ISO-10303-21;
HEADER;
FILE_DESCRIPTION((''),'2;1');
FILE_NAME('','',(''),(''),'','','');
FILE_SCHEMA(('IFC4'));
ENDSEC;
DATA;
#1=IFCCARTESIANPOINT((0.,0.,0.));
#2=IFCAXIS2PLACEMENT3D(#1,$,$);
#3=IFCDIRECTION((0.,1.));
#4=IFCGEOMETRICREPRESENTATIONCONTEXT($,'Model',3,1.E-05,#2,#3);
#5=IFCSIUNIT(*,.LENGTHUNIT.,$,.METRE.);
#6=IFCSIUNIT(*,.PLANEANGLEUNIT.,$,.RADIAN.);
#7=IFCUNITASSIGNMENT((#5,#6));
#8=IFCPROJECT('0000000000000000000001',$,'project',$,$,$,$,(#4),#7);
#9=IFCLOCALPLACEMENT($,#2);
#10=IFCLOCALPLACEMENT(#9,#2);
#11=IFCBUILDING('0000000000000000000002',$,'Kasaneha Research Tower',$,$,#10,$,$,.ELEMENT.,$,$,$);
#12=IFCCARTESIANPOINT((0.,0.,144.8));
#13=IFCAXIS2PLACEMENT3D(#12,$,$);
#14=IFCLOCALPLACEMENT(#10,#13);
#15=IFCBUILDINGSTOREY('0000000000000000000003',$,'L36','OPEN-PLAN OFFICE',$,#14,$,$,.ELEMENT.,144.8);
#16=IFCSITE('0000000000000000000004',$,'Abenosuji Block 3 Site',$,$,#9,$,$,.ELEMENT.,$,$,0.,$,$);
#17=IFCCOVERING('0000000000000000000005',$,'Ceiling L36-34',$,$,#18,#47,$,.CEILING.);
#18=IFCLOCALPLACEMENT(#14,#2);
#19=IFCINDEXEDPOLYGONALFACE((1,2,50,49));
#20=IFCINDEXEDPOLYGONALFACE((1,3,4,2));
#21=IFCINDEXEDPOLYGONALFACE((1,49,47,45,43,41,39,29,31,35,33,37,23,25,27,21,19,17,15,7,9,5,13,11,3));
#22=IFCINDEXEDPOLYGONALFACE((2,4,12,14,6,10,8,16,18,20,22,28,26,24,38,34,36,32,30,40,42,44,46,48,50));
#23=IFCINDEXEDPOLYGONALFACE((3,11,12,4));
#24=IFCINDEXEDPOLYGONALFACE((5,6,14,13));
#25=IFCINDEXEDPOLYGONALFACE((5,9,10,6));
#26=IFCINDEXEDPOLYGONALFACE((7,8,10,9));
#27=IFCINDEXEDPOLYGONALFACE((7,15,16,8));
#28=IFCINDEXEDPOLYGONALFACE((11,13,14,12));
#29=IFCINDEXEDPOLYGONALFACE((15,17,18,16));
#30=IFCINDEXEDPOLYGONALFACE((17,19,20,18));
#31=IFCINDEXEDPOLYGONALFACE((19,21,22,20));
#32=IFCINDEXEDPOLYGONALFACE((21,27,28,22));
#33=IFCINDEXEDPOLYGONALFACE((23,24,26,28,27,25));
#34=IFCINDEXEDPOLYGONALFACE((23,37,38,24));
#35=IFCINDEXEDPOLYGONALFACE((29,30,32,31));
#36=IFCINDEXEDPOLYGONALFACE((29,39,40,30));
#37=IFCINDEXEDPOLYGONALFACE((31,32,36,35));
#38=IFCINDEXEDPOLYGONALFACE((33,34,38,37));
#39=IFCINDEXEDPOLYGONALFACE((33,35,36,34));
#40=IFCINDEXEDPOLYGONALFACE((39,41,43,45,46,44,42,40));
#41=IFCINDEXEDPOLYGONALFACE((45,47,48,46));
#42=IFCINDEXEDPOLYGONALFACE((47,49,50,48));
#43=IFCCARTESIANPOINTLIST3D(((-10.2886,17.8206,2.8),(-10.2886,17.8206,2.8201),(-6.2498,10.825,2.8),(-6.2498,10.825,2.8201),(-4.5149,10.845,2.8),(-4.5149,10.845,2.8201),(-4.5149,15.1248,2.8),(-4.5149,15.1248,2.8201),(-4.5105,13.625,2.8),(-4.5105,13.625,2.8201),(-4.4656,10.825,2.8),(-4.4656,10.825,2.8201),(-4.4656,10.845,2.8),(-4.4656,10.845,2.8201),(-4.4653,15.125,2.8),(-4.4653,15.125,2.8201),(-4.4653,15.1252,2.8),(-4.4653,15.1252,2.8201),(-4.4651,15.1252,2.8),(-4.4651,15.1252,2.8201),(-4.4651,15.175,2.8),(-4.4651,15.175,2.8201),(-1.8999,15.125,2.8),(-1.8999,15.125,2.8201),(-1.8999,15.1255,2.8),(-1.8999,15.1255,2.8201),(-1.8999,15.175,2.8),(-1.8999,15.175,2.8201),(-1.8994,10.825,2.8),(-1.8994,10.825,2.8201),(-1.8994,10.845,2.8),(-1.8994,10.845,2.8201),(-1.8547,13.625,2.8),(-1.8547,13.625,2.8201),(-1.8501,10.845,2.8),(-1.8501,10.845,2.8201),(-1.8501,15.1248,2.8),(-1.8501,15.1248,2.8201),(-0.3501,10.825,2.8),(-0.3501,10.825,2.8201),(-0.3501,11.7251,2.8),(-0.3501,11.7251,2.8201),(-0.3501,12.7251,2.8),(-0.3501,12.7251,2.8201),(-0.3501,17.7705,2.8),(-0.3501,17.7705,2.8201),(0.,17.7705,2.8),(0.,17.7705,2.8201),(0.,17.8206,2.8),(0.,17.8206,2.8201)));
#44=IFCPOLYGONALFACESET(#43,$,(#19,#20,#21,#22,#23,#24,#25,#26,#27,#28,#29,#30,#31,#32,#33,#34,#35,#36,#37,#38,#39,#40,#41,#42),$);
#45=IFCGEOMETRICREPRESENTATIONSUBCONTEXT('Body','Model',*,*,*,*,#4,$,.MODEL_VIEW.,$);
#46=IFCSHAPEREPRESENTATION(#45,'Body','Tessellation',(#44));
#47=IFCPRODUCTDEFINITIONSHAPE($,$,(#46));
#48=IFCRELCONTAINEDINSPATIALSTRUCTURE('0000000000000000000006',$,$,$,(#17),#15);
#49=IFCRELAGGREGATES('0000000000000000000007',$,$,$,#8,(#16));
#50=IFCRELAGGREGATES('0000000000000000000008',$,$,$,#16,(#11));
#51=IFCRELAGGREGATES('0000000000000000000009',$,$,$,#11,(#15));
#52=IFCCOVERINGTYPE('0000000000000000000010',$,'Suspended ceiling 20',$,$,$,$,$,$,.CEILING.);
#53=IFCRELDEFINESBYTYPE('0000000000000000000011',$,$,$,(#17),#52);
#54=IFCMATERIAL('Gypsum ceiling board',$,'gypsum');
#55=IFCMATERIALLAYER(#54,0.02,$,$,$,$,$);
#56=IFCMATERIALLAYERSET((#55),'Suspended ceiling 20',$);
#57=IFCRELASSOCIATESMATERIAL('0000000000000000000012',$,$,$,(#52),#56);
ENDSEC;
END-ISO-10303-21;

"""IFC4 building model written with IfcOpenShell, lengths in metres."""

from ifc_helpers import new_model, si_unit, direction, frame, origin, place, context, subcontext, project, spatial, polyline, outline, extrude, material, layer, layer_set, type_object, element, save


model = new_model("IFC4")

# Units and contexts
model_context = context("Model", 3, precision=1e-05, world=origin(), true_north=direction((0.0, 1.0)))
body_context = subcontext(model_context, "Body", "Model", "MODEL_VIEW")
ifc_project = project(units=[si_unit("LENGTHUNIT", "METRE"), si_unit("PLANEANGLEUNIT", "RADIAN")], contexts=[model_context])

# Site, building, storey
site_placement = place(None, origin())
site = spatial("IfcSite", under=ifc_project, at=site_placement, Name="Abenosuji Block 3 Site", CompositionType="ELEMENT", RefElevation=0.0)
building_placement = place(site_placement, origin())
building = spatial("IfcBuilding", under=site, at=building_placement, Name="Kasaneha Research Tower", CompositionType="ELEMENT")
storey_placement = place(building_placement, frame((0.0, 0.0, 144.8)))
storey = spatial("IfcBuildingStorey", under=building, at=storey_placement, Name="L36", Description="OPEN-PLAN OFFICE", CompositionType="ELEMENT", Elevation=144.8)

# Covering
ifc_material_1 = material(Name="Gypsum ceiling board", Category="gypsum")
ifc_layer_1 = layer(ifc_material_1, 0.02)
ifc_layer_set_1 = layer_set([ifc_layer_1], Name="Suspended ceiling 20")
covering_type_1 = type_object("IfcCoveringType", Name="Suspended ceiling 20", PredefinedType="CEILING", material=ifc_layer_set_1)
covering_1_placement = place(storey_placement, frame((0.0, 0.0, 2.8)))
element("IfcCovering", 1, at=covering_1_placement, inside=storey, type_object=covering_type_1, Name="Ceiling L36-34", PredefinedType="CEILING", context=body_context, shape_type="SweptSolid", body=[
    extrude(outline(polyline([(-0.3501, 11.7251), (-0.3501, 10.825), (-1.8994, 10.825), (-1.8994, 10.845), (-1.8501, 10.845), (-1.8547, 13.625), (-1.8501, 15.1248), (-1.8999, 15.125), (-1.8999, 15.1255), (-1.8999, 15.175), (-4.4651, 15.175), (-4.4651, 15.1252), (-4.4653, 15.1252), (-4.4653, 15.125), (-4.5149, 15.1248), (-4.5105, 13.625), (-4.5149, 10.845), (-4.4656, 10.845), (-4.4656, 10.825), (-6.2498, 10.825), (-10.2886, 17.8206), (0.0, 17.8206), (0.0, 17.7705), (-0.3501, 17.7705), (-0.3501, 17.7705), (-0.3501, 12.7251), (-0.3501, 11.7251)])), origin(), (0.0, 0.0, 1.0), 0.02),
])

save(model, "model.ifc")
